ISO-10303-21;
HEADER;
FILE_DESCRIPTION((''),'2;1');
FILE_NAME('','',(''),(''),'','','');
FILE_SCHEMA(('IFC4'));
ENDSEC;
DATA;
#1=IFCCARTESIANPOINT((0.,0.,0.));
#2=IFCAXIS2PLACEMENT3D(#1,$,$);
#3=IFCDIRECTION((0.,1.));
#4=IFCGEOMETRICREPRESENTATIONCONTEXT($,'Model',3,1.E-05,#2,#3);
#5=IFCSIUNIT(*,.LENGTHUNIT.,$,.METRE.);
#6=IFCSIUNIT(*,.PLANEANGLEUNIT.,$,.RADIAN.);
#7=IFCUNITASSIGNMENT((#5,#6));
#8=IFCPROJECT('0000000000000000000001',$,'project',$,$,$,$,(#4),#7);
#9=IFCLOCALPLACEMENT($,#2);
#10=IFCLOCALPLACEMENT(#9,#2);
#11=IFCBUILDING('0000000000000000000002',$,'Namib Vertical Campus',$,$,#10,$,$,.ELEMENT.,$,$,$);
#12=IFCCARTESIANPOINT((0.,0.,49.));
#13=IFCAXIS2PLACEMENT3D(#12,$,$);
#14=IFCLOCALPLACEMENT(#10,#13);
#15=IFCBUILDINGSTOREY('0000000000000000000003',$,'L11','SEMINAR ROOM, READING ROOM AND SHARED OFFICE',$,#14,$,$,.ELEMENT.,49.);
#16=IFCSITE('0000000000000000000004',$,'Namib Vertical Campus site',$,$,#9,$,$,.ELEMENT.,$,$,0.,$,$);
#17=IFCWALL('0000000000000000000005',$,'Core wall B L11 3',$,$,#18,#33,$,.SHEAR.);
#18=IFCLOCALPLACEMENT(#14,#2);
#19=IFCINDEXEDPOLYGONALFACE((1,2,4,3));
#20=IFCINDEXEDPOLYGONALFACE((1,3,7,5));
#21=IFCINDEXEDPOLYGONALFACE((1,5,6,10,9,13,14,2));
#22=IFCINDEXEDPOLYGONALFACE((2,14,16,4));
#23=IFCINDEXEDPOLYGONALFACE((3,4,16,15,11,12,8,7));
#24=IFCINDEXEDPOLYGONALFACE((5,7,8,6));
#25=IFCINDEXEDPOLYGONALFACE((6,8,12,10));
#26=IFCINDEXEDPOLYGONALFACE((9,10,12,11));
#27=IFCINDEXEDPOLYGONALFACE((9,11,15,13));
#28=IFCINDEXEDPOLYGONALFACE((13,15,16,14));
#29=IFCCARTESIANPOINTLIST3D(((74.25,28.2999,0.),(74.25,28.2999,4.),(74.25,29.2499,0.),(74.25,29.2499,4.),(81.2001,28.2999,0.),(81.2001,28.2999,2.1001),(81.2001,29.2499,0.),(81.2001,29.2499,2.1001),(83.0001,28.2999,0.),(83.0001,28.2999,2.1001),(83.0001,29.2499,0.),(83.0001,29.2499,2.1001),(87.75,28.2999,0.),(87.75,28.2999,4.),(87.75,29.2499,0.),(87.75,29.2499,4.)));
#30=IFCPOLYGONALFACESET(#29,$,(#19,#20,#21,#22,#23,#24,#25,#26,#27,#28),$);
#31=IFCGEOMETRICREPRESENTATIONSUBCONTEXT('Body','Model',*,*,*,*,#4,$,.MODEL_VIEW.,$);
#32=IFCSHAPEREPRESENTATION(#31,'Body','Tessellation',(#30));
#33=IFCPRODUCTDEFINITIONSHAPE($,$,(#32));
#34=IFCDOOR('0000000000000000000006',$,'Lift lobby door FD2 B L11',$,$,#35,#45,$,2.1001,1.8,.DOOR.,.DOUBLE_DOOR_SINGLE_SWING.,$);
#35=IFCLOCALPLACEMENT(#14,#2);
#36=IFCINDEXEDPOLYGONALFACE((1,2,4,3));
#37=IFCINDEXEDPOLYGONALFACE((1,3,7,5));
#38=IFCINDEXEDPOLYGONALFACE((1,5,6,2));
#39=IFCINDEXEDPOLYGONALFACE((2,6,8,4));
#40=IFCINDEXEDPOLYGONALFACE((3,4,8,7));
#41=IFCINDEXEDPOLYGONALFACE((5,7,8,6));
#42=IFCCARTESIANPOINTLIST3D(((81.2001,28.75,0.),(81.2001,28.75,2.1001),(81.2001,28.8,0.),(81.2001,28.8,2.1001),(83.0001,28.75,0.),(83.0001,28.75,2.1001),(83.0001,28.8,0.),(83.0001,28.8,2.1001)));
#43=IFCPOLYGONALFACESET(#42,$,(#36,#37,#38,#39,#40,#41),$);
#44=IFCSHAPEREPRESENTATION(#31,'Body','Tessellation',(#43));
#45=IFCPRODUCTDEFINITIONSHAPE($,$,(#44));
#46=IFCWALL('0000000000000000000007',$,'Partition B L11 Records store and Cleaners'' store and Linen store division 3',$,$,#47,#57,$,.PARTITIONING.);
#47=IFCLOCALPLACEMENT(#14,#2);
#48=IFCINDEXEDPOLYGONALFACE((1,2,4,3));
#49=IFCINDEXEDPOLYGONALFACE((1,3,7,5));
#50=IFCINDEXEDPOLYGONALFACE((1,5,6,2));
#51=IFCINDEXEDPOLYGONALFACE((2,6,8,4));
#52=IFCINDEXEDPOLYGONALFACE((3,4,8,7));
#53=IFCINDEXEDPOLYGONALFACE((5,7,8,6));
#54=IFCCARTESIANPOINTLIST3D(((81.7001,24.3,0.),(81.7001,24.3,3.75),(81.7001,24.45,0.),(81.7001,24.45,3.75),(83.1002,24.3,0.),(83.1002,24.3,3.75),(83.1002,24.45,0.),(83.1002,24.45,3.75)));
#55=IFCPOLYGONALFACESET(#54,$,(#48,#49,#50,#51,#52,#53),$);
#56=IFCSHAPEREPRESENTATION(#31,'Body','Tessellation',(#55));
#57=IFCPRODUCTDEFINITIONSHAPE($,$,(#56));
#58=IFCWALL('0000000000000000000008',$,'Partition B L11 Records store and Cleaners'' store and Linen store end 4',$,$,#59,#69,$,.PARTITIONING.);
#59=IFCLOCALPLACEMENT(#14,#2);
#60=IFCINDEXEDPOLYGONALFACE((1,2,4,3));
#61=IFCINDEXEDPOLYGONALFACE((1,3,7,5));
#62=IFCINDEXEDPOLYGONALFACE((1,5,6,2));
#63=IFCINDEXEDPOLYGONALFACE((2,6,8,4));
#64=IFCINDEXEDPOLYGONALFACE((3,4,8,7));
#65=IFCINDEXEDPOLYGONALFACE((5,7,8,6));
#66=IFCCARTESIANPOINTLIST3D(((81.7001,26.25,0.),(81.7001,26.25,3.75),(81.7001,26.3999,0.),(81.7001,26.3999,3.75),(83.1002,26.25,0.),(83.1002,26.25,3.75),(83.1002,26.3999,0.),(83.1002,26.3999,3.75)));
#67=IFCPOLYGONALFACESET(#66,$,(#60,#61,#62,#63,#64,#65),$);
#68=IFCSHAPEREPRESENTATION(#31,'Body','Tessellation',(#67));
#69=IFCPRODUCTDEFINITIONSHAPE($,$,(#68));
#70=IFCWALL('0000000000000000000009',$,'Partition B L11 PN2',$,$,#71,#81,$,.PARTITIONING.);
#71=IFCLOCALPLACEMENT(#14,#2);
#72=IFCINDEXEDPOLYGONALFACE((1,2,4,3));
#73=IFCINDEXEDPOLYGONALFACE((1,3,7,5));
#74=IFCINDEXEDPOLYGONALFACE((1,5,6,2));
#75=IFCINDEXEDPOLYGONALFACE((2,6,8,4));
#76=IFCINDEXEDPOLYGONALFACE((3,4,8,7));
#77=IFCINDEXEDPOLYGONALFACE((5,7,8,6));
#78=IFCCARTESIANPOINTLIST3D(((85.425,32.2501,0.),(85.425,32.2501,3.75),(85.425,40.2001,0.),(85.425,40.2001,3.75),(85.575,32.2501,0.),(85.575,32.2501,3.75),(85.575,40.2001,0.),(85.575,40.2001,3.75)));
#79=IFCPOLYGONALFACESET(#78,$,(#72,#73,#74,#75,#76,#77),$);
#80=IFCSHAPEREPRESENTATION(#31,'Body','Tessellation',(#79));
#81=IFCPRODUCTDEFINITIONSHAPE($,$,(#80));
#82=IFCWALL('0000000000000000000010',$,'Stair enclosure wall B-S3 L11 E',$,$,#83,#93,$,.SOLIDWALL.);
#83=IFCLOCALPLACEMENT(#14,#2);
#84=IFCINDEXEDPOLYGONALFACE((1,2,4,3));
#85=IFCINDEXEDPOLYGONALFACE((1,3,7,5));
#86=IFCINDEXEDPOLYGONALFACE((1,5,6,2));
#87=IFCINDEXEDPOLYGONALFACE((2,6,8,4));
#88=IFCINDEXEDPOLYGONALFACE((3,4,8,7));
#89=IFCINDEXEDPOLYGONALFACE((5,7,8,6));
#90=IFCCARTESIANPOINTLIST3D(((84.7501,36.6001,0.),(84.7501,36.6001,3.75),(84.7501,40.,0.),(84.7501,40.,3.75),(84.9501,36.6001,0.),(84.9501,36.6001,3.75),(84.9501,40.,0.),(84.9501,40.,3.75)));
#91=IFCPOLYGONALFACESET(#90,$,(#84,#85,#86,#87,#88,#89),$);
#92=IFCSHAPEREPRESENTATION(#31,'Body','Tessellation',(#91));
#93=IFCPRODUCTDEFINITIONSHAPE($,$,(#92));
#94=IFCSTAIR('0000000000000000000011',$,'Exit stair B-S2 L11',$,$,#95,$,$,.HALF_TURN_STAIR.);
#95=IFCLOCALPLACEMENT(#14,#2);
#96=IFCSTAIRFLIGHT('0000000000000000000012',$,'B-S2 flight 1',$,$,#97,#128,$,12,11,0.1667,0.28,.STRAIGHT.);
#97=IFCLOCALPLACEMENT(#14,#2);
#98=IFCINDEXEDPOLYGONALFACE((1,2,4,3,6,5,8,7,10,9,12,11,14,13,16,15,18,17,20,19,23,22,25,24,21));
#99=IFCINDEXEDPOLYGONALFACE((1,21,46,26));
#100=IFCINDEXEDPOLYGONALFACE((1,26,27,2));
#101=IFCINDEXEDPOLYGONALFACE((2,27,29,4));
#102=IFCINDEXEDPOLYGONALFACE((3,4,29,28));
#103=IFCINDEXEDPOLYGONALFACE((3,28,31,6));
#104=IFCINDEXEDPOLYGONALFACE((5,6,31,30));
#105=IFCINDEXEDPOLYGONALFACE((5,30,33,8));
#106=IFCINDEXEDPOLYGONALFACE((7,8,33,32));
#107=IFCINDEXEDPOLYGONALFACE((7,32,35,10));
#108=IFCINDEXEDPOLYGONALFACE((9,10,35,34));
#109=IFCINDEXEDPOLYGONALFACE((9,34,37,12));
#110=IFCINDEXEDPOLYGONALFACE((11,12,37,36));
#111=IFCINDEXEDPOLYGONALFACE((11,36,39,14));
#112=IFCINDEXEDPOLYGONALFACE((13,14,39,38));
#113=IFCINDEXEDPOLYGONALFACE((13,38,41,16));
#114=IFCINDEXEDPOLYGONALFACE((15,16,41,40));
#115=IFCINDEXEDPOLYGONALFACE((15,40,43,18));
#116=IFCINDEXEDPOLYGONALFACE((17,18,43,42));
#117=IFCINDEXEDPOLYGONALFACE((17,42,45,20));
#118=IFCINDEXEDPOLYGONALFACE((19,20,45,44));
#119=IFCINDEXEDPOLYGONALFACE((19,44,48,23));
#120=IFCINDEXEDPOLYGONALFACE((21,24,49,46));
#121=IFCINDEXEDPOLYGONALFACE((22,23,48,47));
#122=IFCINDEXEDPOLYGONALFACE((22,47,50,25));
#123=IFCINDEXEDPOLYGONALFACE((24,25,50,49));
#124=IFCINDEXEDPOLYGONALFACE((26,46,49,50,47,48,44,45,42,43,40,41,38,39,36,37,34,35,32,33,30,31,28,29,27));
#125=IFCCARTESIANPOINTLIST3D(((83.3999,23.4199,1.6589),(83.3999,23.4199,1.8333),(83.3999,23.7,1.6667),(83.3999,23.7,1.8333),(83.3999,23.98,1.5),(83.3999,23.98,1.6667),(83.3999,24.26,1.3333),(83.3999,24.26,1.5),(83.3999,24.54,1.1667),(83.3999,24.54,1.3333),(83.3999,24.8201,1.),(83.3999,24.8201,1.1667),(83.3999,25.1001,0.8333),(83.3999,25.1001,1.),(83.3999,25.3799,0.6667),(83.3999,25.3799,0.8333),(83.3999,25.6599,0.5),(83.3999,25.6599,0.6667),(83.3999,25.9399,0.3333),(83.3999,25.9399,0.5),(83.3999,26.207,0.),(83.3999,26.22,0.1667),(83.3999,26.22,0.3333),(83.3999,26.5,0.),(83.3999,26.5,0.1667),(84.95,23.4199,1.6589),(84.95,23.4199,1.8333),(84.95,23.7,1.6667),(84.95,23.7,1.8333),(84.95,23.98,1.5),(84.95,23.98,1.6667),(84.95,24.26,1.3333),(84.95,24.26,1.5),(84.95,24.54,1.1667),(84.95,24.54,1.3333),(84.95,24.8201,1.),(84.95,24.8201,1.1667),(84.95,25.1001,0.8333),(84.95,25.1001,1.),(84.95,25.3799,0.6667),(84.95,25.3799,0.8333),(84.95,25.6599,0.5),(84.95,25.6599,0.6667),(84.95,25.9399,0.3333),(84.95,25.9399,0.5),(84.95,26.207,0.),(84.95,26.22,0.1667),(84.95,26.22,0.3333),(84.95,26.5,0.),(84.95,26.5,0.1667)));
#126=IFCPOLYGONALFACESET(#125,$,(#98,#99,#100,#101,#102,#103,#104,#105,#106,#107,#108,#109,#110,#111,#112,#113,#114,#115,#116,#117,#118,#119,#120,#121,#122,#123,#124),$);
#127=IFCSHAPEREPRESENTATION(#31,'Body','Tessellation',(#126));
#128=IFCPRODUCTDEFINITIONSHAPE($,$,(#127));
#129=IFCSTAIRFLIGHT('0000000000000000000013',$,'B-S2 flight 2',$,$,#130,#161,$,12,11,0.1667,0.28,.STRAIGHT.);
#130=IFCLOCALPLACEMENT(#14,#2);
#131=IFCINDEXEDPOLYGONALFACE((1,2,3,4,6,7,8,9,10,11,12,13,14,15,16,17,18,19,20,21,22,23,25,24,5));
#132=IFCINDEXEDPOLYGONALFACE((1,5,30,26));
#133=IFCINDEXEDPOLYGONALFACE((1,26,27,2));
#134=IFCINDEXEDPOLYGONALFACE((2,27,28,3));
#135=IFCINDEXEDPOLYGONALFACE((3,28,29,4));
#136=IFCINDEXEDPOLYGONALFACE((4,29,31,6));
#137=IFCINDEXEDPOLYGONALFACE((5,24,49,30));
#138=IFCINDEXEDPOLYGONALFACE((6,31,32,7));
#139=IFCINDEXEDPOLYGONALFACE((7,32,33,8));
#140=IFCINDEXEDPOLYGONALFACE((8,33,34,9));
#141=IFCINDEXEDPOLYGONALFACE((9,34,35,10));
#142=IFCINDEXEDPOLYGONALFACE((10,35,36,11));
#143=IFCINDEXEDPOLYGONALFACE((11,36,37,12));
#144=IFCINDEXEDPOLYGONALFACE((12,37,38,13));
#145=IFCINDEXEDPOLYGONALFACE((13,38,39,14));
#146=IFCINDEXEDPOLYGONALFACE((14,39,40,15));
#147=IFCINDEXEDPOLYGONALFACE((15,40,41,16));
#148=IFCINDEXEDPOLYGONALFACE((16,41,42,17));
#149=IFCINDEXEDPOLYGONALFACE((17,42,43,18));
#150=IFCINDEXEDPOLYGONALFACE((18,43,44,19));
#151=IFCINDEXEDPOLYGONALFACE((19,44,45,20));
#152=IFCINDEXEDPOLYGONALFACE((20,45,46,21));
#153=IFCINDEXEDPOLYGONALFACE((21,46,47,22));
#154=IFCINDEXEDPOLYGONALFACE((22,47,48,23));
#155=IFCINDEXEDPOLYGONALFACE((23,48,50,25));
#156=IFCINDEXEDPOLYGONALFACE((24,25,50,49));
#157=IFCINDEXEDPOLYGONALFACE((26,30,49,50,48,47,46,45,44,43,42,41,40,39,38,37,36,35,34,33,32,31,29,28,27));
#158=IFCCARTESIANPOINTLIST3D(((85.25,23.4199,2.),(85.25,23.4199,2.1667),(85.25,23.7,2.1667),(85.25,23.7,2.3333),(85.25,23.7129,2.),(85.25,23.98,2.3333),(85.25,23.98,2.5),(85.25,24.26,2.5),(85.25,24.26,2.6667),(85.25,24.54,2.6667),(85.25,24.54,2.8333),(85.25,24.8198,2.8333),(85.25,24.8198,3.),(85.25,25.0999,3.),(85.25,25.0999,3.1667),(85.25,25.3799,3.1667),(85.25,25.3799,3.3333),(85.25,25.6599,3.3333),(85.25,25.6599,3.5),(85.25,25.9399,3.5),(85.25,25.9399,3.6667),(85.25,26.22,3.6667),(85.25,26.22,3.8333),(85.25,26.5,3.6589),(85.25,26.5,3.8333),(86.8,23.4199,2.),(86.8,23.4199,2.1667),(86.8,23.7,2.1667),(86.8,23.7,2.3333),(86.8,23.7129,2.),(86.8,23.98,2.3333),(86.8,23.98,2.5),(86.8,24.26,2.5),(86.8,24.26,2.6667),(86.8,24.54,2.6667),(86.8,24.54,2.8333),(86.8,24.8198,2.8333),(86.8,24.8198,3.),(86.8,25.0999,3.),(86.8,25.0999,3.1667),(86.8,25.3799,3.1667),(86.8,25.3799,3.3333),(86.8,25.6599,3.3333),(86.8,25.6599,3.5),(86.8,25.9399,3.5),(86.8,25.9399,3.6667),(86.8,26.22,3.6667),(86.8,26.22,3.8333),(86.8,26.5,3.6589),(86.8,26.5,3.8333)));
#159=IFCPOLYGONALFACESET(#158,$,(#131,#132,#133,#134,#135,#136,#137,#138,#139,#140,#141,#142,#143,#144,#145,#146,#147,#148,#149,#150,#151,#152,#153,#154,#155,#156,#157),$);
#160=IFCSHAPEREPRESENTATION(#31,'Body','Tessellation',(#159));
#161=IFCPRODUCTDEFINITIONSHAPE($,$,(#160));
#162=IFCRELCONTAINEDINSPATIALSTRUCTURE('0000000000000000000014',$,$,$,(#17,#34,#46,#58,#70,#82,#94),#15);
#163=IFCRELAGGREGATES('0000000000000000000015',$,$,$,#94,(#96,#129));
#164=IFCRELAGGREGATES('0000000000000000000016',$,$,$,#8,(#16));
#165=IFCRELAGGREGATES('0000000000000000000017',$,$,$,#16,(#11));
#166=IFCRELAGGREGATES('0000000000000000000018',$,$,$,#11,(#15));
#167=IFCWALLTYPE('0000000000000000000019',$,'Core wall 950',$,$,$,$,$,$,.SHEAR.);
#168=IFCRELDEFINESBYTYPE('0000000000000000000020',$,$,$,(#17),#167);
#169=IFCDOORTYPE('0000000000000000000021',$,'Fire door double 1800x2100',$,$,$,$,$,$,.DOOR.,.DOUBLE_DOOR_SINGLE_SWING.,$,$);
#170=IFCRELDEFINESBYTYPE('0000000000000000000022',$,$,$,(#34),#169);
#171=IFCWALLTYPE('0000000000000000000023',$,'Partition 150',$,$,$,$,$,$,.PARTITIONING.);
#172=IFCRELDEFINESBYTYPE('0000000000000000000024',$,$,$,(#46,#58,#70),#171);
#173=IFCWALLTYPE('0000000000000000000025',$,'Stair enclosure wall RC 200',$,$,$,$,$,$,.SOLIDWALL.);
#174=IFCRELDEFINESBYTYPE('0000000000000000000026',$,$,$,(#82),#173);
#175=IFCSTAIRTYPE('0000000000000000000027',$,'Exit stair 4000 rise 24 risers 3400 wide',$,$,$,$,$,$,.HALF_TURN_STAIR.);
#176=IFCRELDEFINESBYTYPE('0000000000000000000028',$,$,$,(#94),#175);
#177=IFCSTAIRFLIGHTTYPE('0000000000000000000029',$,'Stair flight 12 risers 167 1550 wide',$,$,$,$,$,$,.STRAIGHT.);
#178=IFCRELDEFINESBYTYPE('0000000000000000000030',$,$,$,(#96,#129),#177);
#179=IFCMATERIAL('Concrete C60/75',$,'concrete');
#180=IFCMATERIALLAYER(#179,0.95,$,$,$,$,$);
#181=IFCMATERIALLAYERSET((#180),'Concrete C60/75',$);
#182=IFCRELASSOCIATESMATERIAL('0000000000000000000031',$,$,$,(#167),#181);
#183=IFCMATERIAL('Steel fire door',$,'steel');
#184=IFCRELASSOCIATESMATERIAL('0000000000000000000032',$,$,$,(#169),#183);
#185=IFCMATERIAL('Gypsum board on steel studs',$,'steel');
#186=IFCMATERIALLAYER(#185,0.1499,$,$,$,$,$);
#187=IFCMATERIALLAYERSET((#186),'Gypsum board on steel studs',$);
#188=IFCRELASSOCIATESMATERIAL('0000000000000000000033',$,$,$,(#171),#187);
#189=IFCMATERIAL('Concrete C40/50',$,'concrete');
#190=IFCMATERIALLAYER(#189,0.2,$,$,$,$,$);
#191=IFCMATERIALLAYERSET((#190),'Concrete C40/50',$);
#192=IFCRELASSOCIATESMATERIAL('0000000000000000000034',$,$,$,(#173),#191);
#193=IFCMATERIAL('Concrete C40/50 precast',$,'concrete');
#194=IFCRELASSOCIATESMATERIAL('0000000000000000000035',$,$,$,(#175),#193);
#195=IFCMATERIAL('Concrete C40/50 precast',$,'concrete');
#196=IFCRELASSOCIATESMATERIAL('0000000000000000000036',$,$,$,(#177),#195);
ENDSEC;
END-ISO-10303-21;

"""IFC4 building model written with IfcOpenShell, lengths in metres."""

from ifc_helpers import new_model, si_unit, direction, frame, frame_2d, origin, place, context, subcontext, project, spatial, polyline, rectangle, outline, extrude, material, layer, layer_set, type_object, element, fill, aggregate, save


model = new_model("IFC4")

# Units and contexts
model_context = context("Model", 3, precision=1e-05, world=origin(), true_north=direction((0.0, 1.0)))
body_context = subcontext(model_context, "Body", "Model", "MODEL_VIEW")
ifc_project = project(units=[si_unit("LENGTHUNIT", "METRE"), si_unit("PLANEANGLEUNIT", "RADIAN")], contexts=[model_context])

# Site, building, storey
site_placement = place(None, origin())
site = spatial("IfcSite", under=ifc_project, at=site_placement, Name="Namib Vertical Campus site", CompositionType="ELEMENT", RefElevation=0.0)
building_placement = place(site_placement, origin())
building = spatial("IfcBuilding", under=site, at=building_placement, Name="Namib Vertical Campus", CompositionType="ELEMENT")
storey_placement = place(building_placement, frame((0.0, 0.0, 49.0)))
storey = spatial("IfcBuildingStorey", under=building, at=storey_placement, Name="L11", Description="SEMINAR ROOM, READING ROOM AND SHARED OFFICE", CompositionType="ELEMENT", Elevation=49.0)

# Wall, opening, door
ifc_material_1 = material(Name="Concrete C60/75", Category="concrete")
ifc_layer_1 = layer(ifc_material_1, 0.95)
ifc_layer_set_1 = layer_set([ifc_layer_1], Name="Concrete C60/75")
wall_type_1 = type_object("IfcWallType", Name="Core wall 950", PredefinedType="SHEAR", material=ifc_layer_set_1)
wall_1_placement = place(storey_placement, frame((87.75, 28.7749, 0.0), z_axis=(0.0, 0.0, 1.0), x_axis=(-1.0, 0.0, 0.0)))
wall_1 = element("IfcWall", 1, at=wall_1_placement, inside=storey, type_object=wall_type_1, Name="Core wall B L11 3", PredefinedType="SHEAR", context=body_context, shape_type="SweptSolid", body=[
    extrude(rectangle(XDim=13.5, YDim=0.95, at=frame_2d((6.75, 0.0))), origin(), (0.0, 0.0, 1.0), 4.0),
])
opening_placement = place(wall_1_placement, frame((4.75, 0.0, 0.0)))
opening = element("IfcOpeningElement", 2, at=opening_placement, cuts=wall_1, PredefinedType="OPENING", context=body_context, shape_type="SweptSolid", body=[
    extrude(rectangle(XDim=1.8, YDim=2.1001, at=frame_2d((0.8999, 1.05))), frame((0.0, 0.4849, 0.0), z_axis=(0.0, -1.0, 0.0), x_axis=(1.0, 0.0, 0.0)), (0.0, 0.0, 1.0), 0.97),
])
ifc_material_2 = material(Name="Steel fire door", Category="steel")
door_type = type_object("IfcDoorType", Name="Fire door double 1800x2100", OperationType="DOUBLE_DOOR_SINGLE_SWING", PredefinedType="DOOR", material=ifc_material_2)
door_placement = place(opening_placement, origin())
door = element("IfcDoor", 3, at=door_placement, inside=storey, type_object=door_type, Name="Lift lobby door FD2 B L11", OperationType="DOUBLE_DOOR_SINGLE_SWING", OverallHeight=2.1001, OverallWidth=1.8, PredefinedType="DOOR", context=body_context, shape_type="SweptSolid", body=[
    extrude(rectangle(XDim=1.8, YDim=2.1001, at=frame_2d((0.8999, 1.05))), frame((0.0, 0.0249, 0.0), z_axis=(0.0, -1.0, 0.0), x_axis=(1.0, 0.0, 0.0)), (0.0, 0.0, 1.0), 0.05),
])
fill(opening, door)

# Walls
ifc_material_3 = material(Name="Gypsum board on steel studs", Category="steel")
ifc_layer_2 = layer(ifc_material_3, 0.1499)
ifc_layer_set_2 = layer_set([ifc_layer_2], Name="Gypsum board on steel studs")
wall_type_2 = type_object("IfcWallType", Name="Partition 150", PredefinedType="PARTITIONING", material=ifc_layer_set_2)
for number, where, z_axis, x_axis, name in (
    (4, (81.7, 24.375, 0.0), (0.0, 0.0, 1.0), (1.0, 0.0, 0.0), "Partition B L11 Records store and Cleaners' store and Linen store division 3"),
    (5, (81.7, 26.325, 0.0), (0.0, 0.0, 1.0), (1.0, 0.0, 0.0), "Partition B L11 Records store and Cleaners' store and Linen store end 4"),
):
    element("IfcWall", number, at=place(storey_placement, frame(where, z_axis=z_axis, x_axis=x_axis)), inside=storey, type_object=wall_type_2, Name=name, PredefinedType="PARTITIONING", context=body_context, shape_type="SweptSolid", body=[
        extrude(rectangle(XDim=1.4001, YDim=0.1499, at=frame_2d((0.7002, 0.0))), origin(), (0.0, 0.0, 1.0), 3.75),
    ])
wall_2_placement = place(storey_placement, frame((85.5, 32.25, 0.0), z_axis=(0.0, 0.0, 1.0), x_axis=(0.0, 1.0, 0.0)))
element("IfcWall", 6, at=wall_2_placement, inside=storey, type_object=wall_type_2, Name="Partition B L11 PN2", PredefinedType="PARTITIONING", context=body_context, shape_type="SweptSolid", body=[
    extrude(rectangle(XDim=7.95, YDim=0.1499, at=frame_2d((3.9751, 0.0))), origin(), (0.0, 0.0, 1.0), 3.75),
])
ifc_material_4 = material(Name="Concrete C40/50", Category="concrete")
ifc_layer_3 = layer(ifc_material_4, 0.2)
ifc_layer_set_3 = layer_set([ifc_layer_3], Name="Concrete C40/50")
wall_type_3 = type_object("IfcWallType", Name="Stair enclosure wall RC 200", PredefinedType="SOLIDWALL", material=ifc_layer_set_3)
wall_3_placement = place(storey_placement, frame((84.8501, 36.6001, 0.0), z_axis=(0.0, 0.0, 1.0), x_axis=(0.0, 1.0, 0.0)))
element("IfcWall", 7, at=wall_3_placement, inside=storey, type_object=wall_type_3, Name="Stair enclosure wall B-S3 L11 E", PredefinedType="SOLIDWALL", context=body_context, shape_type="SweptSolid", body=[
    extrude(rectangle(XDim=3.3999, YDim=0.2, at=frame_2d((1.7, 0.0))), origin(), (0.0, 0.0, 1.0), 3.75),
])

# Stair, stair flights
ifc_material_5 = material(Name="Concrete C40/50 precast", Category="concrete")
stair_type = type_object("IfcStairType", Name="Exit stair 4000 rise 24 risers 3400 wide", PredefinedType="HALF_TURN_STAIR", material=ifc_material_5)
stair_1_placement = place(storey_placement, origin())
stair_1 = element("IfcStair", 8, at=stair_1_placement, inside=storey, type_object=stair_type, Name="Exit stair B-S2 L11", PredefinedType="HALF_TURN_STAIR")
ifc_material_6 = material(Name="Concrete C40/50 precast", Category="concrete")
stair_flight_type = type_object("IfcStairFlightType", Name="Stair flight 12 risers 167 1550 wide", PredefinedType="STRAIGHT", material=ifc_material_6)
stair_flight_1_placement = place(storey_placement, frame((84.175, 26.5, 0.0), z_axis=(0.0, 0.0, 1.0), x_axis=(0.0, -1.0, 0.0)))
stair_flight_1 = element("IfcStairFlight", 9, at=stair_flight_1_placement, type_object=stair_flight_type, Name="B-S2 flight 1", NumberOfRisers=12, NumberOfTreads=11, PredefinedType="STRAIGHT", RiserHeight=0.1667, TreadLength=0.28, context=body_context, shape_type="SweptSolid", body=[
    extrude(outline(polyline([(0.0, 0.0), (0.0, 0.1667), (0.28, 0.1667), (0.28, 0.3333), (0.5601, 0.3333), (0.5601, 0.5), (0.8401, 0.5), (0.8401, 0.6667), (1.1201, 0.6667), (1.1201, 0.8333), (1.3999, 0.8333), (1.3999, 1.0), (1.6799, 1.0), (1.6799, 1.1667), (1.96, 1.1667), (1.96, 1.3333), (2.24, 1.3333), (2.24, 1.5), (2.52, 1.5), (2.52, 1.6667), (2.8, 1.6667), (2.8, 1.8333), (3.0801, 1.8333), (3.0801, 2.0), (3.0801, 1.6589), (0.293, 0.0), (0.0, 0.0)])), frame((0.0, 0.7749, 0.0), z_axis=(0.0, -1.0, 0.0), x_axis=(1.0, 0.0, 0.0)), (0.0, 0.0, 1.0), 1.55),
])
stair_flight_2_placement = place(storey_placement, frame((86.0249, 23.4199, 2.0), z_axis=(0.0, 0.0, 1.0), x_axis=(0.0, 1.0, 0.0)))
stair_flight_2 = element("IfcStairFlight", 10, at=stair_flight_2_placement, type_object=stair_flight_type, Name="B-S2 flight 2", NumberOfRisers=12, NumberOfTreads=11, PredefinedType="STRAIGHT", RiserHeight=0.1667, TreadLength=0.28, context=body_context, shape_type="SweptSolid", body=[
    extrude(outline(polyline([(0.0, 0.0), (0.0, 0.1667), (0.28, 0.1667), (0.28, 0.3333), (0.5601, 0.3333), (0.5601, 0.5), (0.8401, 0.5), (0.8401, 0.6667), (1.1201, 0.6667), (1.1201, 0.8333), (1.3999, 0.8333), (1.3999, 1.0), (1.6799, 1.0), (1.6799, 1.1667), (1.96, 1.1667), (1.96, 1.3333), (2.24, 1.3333), (2.24, 1.5), (2.52, 1.5), (2.52, 1.6667), (2.8, 1.6667), (2.8, 1.8333), (3.0801, 1.8333), (3.0801, 2.0), (3.0801, 1.6589), (0.293, 0.0), (0.0, 0.0)])), frame((0.0, 0.7749, 0.0), z_axis=(0.0, -1.0, 0.0), x_axis=(1.0, 0.0, 0.0)), (0.0, 0.0, 1.0), 1.55),
])
aggregate(stair_1, [stair_flight_1, stair_flight_2])

save(model, "model.ifc")
